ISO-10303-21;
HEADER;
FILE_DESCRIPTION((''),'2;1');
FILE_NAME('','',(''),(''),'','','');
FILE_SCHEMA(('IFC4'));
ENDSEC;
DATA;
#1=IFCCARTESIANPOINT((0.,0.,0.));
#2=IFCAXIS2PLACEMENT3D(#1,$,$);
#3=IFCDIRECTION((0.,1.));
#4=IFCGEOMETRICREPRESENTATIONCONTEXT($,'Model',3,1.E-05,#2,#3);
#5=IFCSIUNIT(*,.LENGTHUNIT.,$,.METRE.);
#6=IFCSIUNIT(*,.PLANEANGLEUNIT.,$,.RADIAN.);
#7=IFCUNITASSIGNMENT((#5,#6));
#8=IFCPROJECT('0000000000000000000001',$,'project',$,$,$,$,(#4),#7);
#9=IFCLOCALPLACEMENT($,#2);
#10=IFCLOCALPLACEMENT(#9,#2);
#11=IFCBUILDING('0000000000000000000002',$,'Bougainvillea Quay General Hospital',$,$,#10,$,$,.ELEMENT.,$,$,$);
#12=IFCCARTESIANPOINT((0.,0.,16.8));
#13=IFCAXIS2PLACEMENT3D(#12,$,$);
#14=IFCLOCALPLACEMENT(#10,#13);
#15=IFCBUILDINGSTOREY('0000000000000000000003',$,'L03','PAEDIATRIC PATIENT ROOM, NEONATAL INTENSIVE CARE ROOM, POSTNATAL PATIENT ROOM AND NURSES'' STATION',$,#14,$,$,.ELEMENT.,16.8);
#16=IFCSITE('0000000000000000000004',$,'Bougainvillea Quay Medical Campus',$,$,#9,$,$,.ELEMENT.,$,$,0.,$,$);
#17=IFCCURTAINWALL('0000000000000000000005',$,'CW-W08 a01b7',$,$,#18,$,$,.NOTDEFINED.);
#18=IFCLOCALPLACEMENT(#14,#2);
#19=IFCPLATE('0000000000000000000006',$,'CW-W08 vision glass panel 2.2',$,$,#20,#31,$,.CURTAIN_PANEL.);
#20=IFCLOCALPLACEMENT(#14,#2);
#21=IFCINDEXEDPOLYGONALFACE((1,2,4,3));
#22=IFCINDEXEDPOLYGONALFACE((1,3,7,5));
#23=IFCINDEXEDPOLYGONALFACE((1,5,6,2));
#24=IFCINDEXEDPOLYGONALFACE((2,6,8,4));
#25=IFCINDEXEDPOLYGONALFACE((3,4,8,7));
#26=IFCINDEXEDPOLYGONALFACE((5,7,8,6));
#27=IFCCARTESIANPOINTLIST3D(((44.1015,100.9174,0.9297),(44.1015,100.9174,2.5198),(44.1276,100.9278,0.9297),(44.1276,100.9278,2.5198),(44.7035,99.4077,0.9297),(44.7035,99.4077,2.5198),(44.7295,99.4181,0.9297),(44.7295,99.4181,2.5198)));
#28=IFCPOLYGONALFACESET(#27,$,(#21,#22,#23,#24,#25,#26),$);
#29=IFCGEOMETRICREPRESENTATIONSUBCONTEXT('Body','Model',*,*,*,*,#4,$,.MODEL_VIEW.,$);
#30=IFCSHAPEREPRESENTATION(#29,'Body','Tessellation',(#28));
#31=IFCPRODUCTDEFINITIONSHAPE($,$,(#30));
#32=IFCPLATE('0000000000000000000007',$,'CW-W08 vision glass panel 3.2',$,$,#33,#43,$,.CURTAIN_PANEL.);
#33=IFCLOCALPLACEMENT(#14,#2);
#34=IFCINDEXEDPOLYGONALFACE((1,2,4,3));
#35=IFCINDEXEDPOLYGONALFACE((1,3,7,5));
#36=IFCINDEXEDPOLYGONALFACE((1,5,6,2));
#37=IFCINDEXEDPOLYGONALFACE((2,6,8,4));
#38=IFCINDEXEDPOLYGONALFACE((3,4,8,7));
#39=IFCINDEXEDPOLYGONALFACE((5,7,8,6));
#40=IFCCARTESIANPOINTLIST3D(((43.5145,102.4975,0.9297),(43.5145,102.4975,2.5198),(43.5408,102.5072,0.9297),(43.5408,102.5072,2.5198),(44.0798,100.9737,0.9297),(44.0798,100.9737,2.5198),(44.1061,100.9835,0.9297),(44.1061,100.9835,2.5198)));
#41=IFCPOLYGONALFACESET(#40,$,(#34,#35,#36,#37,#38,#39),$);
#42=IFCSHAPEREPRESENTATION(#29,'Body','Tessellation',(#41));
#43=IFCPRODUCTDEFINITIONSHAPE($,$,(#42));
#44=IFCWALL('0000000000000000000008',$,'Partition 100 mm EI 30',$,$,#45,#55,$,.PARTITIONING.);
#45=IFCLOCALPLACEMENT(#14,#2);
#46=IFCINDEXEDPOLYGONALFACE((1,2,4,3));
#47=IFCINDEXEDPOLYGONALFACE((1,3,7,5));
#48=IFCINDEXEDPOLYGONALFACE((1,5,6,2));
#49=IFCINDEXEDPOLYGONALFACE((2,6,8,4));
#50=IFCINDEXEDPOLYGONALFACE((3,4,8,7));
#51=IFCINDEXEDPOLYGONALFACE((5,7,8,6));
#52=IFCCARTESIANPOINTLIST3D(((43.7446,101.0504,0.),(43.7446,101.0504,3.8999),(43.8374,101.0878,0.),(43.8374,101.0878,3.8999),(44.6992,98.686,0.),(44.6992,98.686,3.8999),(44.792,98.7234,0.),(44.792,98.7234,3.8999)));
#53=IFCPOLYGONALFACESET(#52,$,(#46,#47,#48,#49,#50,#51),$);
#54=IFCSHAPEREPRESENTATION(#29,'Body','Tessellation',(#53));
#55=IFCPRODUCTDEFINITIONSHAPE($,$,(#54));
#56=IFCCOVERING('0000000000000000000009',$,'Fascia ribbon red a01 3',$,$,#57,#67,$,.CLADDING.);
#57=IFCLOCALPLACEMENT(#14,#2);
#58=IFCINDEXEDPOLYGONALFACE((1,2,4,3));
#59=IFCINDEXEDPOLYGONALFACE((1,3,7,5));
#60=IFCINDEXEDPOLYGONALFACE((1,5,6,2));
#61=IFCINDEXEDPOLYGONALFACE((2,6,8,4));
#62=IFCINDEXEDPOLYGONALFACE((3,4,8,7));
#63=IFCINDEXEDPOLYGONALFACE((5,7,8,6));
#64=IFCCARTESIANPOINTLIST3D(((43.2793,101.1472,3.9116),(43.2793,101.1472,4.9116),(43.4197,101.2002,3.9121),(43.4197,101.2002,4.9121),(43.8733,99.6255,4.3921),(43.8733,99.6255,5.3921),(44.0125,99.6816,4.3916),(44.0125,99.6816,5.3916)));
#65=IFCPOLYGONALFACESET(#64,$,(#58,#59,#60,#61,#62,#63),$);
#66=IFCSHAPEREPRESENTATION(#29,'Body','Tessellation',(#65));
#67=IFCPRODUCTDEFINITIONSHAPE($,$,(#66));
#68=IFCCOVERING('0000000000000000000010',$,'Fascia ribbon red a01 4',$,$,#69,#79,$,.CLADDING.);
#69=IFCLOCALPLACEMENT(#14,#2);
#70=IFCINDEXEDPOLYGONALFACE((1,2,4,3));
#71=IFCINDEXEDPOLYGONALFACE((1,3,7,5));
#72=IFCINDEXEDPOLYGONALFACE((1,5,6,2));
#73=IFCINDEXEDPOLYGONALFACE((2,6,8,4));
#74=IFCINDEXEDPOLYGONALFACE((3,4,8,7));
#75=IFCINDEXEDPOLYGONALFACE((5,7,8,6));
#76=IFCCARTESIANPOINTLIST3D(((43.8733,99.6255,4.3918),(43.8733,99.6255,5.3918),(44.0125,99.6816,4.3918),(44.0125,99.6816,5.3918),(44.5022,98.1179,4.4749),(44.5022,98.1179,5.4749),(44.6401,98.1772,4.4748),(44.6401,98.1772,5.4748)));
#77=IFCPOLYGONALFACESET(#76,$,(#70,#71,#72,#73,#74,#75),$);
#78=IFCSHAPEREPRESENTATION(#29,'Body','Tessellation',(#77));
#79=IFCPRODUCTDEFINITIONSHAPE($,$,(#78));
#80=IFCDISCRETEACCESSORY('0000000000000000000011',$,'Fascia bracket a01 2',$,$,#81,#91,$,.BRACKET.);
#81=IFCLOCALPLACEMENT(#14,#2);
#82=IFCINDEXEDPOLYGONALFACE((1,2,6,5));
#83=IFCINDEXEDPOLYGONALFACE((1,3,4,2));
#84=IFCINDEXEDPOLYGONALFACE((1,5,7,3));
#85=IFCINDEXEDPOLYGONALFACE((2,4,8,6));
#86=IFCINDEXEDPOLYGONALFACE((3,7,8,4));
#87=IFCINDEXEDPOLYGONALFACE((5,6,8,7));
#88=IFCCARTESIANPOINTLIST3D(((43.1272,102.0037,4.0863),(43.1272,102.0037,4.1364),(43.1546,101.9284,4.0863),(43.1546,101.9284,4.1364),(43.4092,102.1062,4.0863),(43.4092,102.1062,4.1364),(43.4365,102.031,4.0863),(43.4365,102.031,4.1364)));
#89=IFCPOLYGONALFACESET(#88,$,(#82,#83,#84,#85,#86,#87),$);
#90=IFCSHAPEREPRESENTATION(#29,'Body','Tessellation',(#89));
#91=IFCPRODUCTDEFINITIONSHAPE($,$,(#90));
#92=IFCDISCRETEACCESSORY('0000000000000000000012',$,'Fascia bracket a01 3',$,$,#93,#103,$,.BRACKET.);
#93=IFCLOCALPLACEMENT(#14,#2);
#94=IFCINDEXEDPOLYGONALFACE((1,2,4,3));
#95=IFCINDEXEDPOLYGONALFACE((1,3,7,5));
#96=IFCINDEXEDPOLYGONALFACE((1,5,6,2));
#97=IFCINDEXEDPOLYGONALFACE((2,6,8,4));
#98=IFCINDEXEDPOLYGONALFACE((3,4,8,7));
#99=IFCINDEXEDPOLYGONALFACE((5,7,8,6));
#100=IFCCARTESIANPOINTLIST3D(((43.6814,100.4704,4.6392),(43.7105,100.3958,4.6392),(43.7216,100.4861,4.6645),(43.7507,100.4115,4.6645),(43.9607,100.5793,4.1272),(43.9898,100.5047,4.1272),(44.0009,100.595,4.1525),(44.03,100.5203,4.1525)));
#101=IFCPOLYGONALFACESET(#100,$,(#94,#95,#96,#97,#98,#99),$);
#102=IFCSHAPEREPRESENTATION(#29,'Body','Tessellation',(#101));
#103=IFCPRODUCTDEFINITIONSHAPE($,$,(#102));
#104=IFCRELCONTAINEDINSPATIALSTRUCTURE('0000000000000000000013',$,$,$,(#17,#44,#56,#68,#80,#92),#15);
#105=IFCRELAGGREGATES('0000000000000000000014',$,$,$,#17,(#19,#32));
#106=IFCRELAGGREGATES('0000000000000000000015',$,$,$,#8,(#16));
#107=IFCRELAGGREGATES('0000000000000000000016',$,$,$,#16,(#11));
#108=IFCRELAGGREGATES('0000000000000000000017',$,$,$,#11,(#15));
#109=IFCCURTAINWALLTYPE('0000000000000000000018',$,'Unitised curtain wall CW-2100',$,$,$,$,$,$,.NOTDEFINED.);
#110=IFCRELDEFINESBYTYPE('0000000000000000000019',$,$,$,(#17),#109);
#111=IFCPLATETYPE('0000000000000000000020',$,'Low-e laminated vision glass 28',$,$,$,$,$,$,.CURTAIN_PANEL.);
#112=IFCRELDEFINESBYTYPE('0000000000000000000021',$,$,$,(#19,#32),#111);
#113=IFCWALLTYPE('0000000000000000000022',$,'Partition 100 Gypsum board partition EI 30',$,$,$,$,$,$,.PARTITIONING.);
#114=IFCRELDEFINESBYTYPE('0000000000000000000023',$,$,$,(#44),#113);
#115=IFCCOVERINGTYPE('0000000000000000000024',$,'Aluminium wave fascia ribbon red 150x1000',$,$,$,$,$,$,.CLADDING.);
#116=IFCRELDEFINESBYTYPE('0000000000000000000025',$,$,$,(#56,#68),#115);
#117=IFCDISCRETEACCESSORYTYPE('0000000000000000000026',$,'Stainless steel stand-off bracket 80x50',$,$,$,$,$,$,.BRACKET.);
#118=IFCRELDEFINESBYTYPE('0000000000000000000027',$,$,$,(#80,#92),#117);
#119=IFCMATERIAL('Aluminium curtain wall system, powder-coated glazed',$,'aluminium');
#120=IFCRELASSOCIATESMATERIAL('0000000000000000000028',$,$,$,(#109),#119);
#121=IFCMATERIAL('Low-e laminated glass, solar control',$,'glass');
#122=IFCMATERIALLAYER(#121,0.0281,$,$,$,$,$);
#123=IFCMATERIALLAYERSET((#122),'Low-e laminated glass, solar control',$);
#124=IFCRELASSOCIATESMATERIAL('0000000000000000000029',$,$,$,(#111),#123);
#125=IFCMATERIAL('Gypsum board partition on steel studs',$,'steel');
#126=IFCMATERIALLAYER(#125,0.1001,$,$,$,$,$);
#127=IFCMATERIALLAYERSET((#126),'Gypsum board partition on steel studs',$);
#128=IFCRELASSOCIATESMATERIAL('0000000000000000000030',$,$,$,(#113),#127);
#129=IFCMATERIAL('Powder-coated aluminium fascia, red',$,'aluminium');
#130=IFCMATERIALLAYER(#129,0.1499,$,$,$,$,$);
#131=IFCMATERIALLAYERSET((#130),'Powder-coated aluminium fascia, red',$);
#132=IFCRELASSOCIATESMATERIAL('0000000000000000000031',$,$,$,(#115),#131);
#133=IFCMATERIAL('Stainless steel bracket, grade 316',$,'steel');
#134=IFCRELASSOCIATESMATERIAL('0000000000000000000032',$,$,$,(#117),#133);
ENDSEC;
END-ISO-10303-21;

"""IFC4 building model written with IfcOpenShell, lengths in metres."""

from ifc_helpers import new_model, si_unit, direction, frame, frame_2d, origin, origin_2d, place, context, subcontext, project, spatial, polyline, rectangle, outline, extrude, material, layer, layer_set, material_profile, profile_set, type_object, element, aggregate, save


model = new_model("IFC4")

# Units and contexts
model_context = context("Model", 3, precision=1e-05, world=origin(), true_north=direction((0.0, 1.0)))
body_context = subcontext(model_context, "Body", "Model", "MODEL_VIEW")
ifc_project = project(units=[si_unit("LENGTHUNIT", "METRE"), si_unit("PLANEANGLEUNIT", "RADIAN")], contexts=[model_context])

# Site, building, storey
site_placement = place(None, origin())
site = spatial("IfcSite", under=ifc_project, at=site_placement, Name="Bougainvillea Quay Medical Campus", CompositionType="ELEMENT", RefElevation=0.0)
building_placement = place(site_placement, origin())
building = spatial("IfcBuilding", under=site, at=building_placement, Name="Bougainvillea Quay General Hospital", CompositionType="ELEMENT")
storey_placement = place(building_placement, frame((0.0, 0.0, 16.8)))
storey = spatial("IfcBuildingStorey", under=building, at=storey_placement, Name="L03", Description="PAEDIATRIC PATIENT ROOM, NEONATAL INTENSIVE CARE ROOM, POSTNATAL PATIENT ROOM AND NURSES' STATION", CompositionType="ELEMENT", Elevation=16.8)

# Curtain wall, plates
ifc_material_1 = material(Name="Aluminium curtain wall system, powder-coated glazed", Category="aluminium")
curtain_wall_type = type_object("IfcCurtainWallType", Name="Unitised curtain wall CW-2100", PredefinedType="NOTDEFINED", material=ifc_material_1)
curtain_wall_placement = place(storey_placement, origin())
curtain_wall = element("IfcCurtainWall", 1, at=curtain_wall_placement, inside=storey, type_object=curtain_wall_type, Name="CW-W08 a01b7", PredefinedType="NOTDEFINED")
ifc_material_2 = material(Name="Low-e laminated glass, solar control", Category="glass")
ifc_layer_1 = layer(ifc_material_2, 0.0281)
ifc_layer_set_1 = layer_set([ifc_layer_1], Name="Low-e laminated glass, solar control")
plate_type_1 = type_object("IfcPlateType", Name="Low-e laminated vision glass 28", PredefinedType="CURTAIN_PANEL", material=ifc_layer_set_1)
plate_1_placement = place(storey_placement, frame((44.4155, 100.1677, 0.9297), z_axis=(0.0, 0.0, 1.0), x_axis=(-0.370384, 0.928879, 0.0)))
plate_1 = element("IfcPlate", 2, at=plate_1_placement, type_object=plate_type_1, Name="CW-W08 vision glass panel 2.2", PredefinedType="CURTAIN_PANEL", context=body_context, shape_type="SweptSolid", body=[
    extrude(rectangle(XDim=1.6252, YDim=0.0281, at=origin_2d()), origin(), (0.0, 0.0, 1.0), 1.5901),
])
plate_2_placement = place(storey_placement, frame((43.8103, 101.7405, 0.9297), z_axis=(0.0, 0.0, 1.0), x_axis=(-0.347833, 0.937556, 0.0)))
plate_2 = element("IfcPlate", 3, at=plate_2_placement, type_object=plate_type_1, Name="CW-W08 vision glass panel 3.2", PredefinedType="CURTAIN_PANEL", context=body_context, shape_type="SweptSolid", body=[
    extrude(rectangle(XDim=1.6252, YDim=0.0281, at=origin_2d()), origin(), (0.0, 0.0, 1.0), 1.5901),
])
aggregate(curtain_wall, [plate_1, plate_2])

# Wall
ifc_material_3 = material(Name="Gypsum board partition on steel studs", Category="steel")
ifc_layer_2 = layer(ifc_material_3, 0.1001)
ifc_layer_set_2 = layer_set([ifc_layer_2], Name="Gypsum board partition on steel studs")
wall_type = type_object("IfcWallType", Name="Partition 100 Gypsum board partition EI 30", PredefinedType="PARTITIONING", material=ifc_layer_set_2)
wall_placement = place(storey_placement, frame((43.791, 101.0691, 0.0), z_axis=(0.0, 0.0, 1.0), x_axis=(0.37436, -0.927283, 0.0)))
element("IfcWall", 4, at=wall_placement, inside=storey, type_object=wall_type, Name="Partition 100 mm EI 30", PredefinedType="PARTITIONING", context=body_context, shape_type="SweptSolid", body=[
    extrude(rectangle(XDim=2.5498, YDim=0.1001, at=frame_2d((1.2749, 0.0))), origin(), (0.0, 0.0, 1.0), 3.8999),
])

# Coverings
ifc_material_4 = material(Name="Powder-coated aluminium fascia, red", Category="aluminium")
ifc_layer_3 = layer(ifc_material_4, 0.1499)
ifc_layer_set_3 = layer_set([ifc_layer_3], Name="Powder-coated aluminium fascia, red")
covering_type = type_object("IfcCoveringType", Name="Aluminium wave fascia ribbon red 150x1000", PredefinedType="CLADDING", material=ifc_layer_set_3)
covering_1_placement = place(storey_placement, frame((43.4197, 101.2002, 3.9121), z_axis=(-0.102618, 0.262859, 0.959362), x_axis=(0.348854, -0.893687, 0.28218)))
element("IfcCovering", 5, at=covering_1_placement, inside=storey, type_object=covering_type, Name="Fascia ribbon red a01 3", PredefinedType="CLADDING", context=body_context, shape_type="SweptSolid", body=[
    extrude(outline(polyline([(0.0, 0.0), (1.6992, 0.0), (1.701, -0.1501), (-0.0018, -0.15), (0.0, 0.0)])), origin(), (0.28218, 0.000009, 0.959362), 1.0),
])
covering_2_placement = place(storey_placement, frame((44.0125, 99.6816, 4.3918), z_axis=(-0.019543, 0.046894, 0.998709), x_axis=(0.384565, -0.921699, 0.050804)))
element("IfcCovering", 6, at=covering_2_placement, inside=storey, type_object=covering_type, Name="Fascia ribbon red a01 4", PredefinedType="CLADDING", context=body_context, shape_type="SweptSolid", body=[
    extrude(outline(polyline([(0.0, 0.0), (1.6322, 0.0), (1.6338, -0.1501), (-0.0018, -0.1501), (0.0, 0.0)])), origin(), (0.050804, -0.000021, 0.998709), 1.0),
])

# Discrete accessories
ifc_material_5 = material(Name="Stainless steel bracket, grade 316", Category="steel")
ifc_material_profile_1 = material_profile(ifc_material_5, rectangle(XDim=0.0801, YDim=0.05, at=origin_2d()))
ifc_profile_set_1 = profile_set([ifc_material_profile_1], Name="Stainless steel bracket, grade 316")
discrete_accessory_type = type_object("IfcDiscreteAccessoryType", Name="Stainless steel stand-off bracket 80x50", PredefinedType="BRACKET", material=ifc_profile_set_1)
discrete_accessory_1_placement = place(storey_placement, frame((43.4229, 102.0686, 4.1113), z_axis=(-0.939793, -0.341743, 0.0), x_axis=(0.341743, -0.939793, 0.0)))
element("IfcDiscreteAccessory", 7, at=discrete_accessory_1_placement, inside=storey, type_object=discrete_accessory_type, Name="Fascia bracket a01 2", PredefinedType="BRACKET", context=body_context, shape_type="SweptSolid", body=[
    extrude(rectangle(XDim=0.0801, YDim=0.05, at=origin_2d()), origin(), (0.0, 0.0, 1.0), 0.3),
])
discrete_accessory_2_placement = place(storey_placement, frame((43.9954, 100.5498, 4.1399), z_axis=(-0.470775, -0.183537, 0.862951), x_axis=(0.363232, -0.931699, 0.0)))
element("IfcDiscreteAccessory", 8, at=discrete_accessory_2_placement, inside=storey, type_object=discrete_accessory_type, Name="Fascia bracket a01 3", PredefinedType="BRACKET", context=body_context, shape_type="SweptSolid", body=[
    extrude(rectangle(XDim=0.0801, YDim=0.05, at=origin_2d()), origin(), (0.0, 0.0, 1.0), 0.5933),
])

save(model, "model.ifc")
